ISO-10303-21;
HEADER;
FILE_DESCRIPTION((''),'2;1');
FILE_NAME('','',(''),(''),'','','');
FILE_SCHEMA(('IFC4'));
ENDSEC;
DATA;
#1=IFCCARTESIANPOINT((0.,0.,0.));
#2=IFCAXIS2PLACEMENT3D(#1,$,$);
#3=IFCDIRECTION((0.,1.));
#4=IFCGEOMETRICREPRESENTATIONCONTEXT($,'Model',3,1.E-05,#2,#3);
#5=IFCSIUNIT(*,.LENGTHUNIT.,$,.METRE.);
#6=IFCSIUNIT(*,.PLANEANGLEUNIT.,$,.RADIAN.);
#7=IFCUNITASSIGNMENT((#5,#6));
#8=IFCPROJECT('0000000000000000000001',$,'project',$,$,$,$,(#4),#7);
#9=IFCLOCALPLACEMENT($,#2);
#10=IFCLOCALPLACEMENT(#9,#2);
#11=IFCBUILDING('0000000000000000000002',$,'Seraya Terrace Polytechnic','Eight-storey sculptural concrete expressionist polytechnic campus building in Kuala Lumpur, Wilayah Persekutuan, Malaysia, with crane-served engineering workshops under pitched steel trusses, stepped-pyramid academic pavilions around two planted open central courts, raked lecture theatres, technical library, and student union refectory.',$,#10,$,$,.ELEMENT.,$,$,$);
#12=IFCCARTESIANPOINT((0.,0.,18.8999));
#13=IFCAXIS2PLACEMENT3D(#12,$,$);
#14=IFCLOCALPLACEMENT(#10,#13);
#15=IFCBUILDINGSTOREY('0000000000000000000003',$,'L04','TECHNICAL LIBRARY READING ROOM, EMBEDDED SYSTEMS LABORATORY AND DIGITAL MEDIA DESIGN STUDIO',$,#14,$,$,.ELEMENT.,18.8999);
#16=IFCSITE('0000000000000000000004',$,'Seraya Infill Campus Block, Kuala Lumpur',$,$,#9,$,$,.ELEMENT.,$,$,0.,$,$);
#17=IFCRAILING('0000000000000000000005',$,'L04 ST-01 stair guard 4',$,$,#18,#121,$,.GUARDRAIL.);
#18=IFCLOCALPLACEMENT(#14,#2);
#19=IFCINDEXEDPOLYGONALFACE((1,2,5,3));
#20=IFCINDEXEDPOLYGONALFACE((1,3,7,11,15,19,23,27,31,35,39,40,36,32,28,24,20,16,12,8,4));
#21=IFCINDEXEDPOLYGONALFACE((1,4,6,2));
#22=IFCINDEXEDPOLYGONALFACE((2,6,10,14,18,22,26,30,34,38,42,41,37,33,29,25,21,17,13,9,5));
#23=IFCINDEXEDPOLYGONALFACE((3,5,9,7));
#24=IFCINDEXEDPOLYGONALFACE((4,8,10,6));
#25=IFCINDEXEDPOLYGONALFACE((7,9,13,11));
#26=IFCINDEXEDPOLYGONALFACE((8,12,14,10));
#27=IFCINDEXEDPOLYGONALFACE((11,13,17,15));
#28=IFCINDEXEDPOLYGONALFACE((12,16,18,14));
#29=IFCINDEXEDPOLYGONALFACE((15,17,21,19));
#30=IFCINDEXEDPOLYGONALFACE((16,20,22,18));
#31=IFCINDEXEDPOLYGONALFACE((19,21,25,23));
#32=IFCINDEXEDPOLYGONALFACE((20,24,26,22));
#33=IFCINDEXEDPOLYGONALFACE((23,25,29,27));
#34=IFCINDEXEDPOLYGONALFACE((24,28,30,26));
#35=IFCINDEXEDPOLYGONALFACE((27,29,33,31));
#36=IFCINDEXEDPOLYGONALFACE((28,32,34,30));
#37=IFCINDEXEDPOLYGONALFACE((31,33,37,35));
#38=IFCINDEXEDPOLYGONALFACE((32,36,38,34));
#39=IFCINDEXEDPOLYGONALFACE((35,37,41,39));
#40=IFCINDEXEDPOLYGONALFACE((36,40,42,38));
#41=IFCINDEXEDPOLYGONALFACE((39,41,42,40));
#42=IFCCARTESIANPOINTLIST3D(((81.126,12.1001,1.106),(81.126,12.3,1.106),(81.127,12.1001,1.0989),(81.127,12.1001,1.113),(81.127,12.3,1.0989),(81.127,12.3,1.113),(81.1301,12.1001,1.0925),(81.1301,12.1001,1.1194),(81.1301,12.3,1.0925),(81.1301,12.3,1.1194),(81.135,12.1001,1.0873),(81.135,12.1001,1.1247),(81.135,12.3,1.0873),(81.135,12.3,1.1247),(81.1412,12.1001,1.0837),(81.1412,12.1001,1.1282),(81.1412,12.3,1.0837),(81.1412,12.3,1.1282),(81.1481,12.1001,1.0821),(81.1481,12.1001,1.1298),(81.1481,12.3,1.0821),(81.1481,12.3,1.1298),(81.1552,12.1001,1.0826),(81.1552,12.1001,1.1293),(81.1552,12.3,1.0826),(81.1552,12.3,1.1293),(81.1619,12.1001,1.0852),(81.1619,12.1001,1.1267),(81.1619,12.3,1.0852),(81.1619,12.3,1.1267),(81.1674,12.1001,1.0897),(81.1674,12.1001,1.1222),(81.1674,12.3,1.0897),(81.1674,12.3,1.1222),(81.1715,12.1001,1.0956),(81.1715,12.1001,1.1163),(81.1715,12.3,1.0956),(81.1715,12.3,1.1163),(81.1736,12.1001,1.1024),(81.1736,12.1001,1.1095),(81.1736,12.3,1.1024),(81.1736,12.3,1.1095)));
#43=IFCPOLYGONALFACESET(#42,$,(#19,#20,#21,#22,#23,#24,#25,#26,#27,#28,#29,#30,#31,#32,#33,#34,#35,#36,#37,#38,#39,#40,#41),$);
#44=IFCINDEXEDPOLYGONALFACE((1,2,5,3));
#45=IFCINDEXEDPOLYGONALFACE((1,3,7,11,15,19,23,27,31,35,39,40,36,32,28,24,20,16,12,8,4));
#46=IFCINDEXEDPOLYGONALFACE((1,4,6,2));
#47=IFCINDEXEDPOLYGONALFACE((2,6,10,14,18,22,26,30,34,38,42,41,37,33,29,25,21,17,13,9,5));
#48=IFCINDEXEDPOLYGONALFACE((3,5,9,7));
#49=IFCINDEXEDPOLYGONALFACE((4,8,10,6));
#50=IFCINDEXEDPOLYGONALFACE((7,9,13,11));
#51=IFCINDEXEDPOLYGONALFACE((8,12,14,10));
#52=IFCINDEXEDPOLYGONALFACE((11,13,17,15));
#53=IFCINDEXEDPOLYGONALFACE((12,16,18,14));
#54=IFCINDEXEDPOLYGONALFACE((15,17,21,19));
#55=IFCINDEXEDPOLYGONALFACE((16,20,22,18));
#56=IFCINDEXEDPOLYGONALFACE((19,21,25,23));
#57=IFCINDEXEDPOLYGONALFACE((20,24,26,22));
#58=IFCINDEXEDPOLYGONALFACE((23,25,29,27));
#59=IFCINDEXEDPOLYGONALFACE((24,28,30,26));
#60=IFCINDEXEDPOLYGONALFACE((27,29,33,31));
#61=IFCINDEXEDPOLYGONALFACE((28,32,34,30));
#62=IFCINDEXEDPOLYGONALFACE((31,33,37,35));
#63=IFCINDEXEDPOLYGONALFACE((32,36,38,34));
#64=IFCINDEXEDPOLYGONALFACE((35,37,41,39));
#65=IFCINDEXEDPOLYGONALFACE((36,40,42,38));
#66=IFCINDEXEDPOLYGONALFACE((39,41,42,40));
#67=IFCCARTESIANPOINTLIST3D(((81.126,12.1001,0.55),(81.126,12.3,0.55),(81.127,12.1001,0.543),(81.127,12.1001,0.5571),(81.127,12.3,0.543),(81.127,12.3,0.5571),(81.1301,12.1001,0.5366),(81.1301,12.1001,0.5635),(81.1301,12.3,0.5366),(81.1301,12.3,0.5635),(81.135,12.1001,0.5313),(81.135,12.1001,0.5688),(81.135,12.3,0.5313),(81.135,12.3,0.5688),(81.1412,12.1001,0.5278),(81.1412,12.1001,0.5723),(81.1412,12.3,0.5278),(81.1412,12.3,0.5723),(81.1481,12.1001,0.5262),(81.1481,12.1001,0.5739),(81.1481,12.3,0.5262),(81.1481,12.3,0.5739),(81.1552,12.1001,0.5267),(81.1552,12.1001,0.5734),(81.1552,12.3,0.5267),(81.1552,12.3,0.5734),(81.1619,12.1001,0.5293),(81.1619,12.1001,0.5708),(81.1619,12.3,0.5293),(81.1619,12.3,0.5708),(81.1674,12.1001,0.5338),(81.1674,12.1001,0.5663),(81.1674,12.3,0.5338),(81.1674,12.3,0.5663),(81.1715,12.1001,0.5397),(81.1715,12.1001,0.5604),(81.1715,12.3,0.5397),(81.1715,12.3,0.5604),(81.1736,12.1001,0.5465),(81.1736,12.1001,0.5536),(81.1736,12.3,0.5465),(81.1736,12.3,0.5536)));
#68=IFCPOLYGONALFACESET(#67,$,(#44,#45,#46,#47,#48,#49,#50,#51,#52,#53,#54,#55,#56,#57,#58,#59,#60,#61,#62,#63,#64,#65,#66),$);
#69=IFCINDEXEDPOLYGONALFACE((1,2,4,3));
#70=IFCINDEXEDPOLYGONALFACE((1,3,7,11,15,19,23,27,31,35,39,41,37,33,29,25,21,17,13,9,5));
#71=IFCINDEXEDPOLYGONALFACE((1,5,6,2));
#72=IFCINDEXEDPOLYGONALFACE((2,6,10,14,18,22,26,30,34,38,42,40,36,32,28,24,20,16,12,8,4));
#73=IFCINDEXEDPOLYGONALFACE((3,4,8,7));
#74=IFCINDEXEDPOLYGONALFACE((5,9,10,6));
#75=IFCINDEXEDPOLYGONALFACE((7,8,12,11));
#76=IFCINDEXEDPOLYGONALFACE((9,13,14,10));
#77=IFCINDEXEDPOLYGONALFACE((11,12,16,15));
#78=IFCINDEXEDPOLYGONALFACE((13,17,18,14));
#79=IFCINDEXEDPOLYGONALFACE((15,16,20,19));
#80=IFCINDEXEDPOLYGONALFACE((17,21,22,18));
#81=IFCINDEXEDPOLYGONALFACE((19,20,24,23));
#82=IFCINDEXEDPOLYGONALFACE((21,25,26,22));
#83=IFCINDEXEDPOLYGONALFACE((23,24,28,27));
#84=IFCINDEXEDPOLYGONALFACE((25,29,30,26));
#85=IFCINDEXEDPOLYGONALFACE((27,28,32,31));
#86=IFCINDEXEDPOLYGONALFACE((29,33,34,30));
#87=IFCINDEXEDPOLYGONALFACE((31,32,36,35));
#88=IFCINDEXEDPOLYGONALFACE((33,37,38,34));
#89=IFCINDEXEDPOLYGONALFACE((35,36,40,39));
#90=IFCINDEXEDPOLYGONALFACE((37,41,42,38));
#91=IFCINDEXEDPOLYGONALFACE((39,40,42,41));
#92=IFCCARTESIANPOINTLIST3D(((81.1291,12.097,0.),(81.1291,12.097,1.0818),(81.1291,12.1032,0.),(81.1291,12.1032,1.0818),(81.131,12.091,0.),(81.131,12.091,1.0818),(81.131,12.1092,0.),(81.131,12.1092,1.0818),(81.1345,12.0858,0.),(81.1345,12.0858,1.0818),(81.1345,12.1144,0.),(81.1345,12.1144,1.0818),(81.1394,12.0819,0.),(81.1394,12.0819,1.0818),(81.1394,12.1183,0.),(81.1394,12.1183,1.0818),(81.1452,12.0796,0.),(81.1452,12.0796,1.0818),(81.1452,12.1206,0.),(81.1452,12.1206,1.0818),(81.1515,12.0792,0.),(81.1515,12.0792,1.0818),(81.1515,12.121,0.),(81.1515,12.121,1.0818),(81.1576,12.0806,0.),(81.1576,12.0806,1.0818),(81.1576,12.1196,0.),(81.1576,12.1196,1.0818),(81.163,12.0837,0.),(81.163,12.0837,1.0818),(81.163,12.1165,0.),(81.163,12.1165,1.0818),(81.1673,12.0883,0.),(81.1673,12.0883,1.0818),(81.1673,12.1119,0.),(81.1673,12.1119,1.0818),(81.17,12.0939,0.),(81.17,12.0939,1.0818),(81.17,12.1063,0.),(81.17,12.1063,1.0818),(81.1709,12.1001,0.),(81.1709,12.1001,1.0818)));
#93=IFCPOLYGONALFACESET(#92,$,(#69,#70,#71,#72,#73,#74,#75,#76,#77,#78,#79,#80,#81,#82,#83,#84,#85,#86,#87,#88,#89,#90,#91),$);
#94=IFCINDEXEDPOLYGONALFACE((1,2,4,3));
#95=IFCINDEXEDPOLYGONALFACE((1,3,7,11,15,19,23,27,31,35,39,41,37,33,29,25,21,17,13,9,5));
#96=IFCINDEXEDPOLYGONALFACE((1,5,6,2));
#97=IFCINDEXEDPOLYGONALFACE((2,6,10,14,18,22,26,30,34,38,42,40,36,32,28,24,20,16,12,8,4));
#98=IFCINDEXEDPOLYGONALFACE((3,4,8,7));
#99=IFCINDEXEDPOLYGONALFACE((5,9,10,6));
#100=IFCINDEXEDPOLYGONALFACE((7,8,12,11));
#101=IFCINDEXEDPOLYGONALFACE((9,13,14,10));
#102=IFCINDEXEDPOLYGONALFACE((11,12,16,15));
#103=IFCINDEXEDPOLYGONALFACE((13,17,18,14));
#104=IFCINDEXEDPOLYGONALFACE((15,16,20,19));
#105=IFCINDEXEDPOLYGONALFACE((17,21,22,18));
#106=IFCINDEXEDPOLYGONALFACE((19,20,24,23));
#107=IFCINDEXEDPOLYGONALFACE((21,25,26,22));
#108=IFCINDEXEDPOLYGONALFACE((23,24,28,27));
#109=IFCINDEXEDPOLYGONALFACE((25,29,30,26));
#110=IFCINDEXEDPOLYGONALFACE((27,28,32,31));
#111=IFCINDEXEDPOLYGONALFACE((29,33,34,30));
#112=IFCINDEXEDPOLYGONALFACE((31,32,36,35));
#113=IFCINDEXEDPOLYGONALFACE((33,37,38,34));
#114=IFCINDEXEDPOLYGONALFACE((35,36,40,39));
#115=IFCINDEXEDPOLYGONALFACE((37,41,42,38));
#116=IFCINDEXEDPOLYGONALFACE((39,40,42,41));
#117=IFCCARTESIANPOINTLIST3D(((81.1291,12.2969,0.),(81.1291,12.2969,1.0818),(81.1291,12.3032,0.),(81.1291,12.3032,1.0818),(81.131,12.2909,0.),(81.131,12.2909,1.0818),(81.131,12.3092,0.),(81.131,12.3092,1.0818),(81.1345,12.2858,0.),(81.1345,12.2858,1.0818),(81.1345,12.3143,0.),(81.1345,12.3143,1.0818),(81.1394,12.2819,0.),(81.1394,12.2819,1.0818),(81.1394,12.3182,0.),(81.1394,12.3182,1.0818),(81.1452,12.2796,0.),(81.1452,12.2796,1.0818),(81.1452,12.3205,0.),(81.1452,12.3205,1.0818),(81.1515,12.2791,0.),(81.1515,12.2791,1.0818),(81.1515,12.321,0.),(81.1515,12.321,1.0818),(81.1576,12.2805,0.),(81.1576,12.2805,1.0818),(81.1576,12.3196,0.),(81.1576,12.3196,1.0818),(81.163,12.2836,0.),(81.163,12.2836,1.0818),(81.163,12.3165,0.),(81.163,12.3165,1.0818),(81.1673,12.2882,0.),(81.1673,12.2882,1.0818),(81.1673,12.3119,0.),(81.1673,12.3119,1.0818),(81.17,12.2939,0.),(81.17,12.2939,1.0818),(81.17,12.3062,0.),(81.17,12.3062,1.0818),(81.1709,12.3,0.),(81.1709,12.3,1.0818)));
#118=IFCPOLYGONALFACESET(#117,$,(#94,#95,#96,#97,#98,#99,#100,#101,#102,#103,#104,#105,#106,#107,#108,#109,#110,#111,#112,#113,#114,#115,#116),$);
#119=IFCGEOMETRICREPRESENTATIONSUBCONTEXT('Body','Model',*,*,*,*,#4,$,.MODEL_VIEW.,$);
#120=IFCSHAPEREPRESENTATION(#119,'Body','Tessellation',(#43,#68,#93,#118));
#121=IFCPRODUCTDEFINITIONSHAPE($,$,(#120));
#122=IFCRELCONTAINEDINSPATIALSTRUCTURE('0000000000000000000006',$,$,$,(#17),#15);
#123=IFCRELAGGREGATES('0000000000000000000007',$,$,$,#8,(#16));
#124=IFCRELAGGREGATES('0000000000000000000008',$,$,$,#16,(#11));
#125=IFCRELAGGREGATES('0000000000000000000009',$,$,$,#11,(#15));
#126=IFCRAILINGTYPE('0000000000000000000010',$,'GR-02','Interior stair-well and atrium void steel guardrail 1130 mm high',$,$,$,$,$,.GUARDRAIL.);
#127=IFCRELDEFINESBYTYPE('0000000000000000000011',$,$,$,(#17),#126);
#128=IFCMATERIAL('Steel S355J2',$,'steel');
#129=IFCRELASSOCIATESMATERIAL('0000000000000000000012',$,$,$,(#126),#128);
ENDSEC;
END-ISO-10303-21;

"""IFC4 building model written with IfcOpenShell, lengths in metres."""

from ifc_helpers import new_model, si_unit, direction, frame, origin, origin_2d, place, context, subcontext, project, spatial, circle, extrude, material, type_object, element, save


model = new_model("IFC4")

# Units and contexts
model_context = context("Model", 3, precision=1e-05, world=origin(), true_north=direction((0.0, 1.0)))
body_context = subcontext(model_context, "Body", "Model", "MODEL_VIEW")
ifc_project = project(units=[si_unit("LENGTHUNIT", "METRE"), si_unit("PLANEANGLEUNIT", "RADIAN")], contexts=[model_context])

# Site, building, storey
site_placement = place(None, origin())
site = spatial("IfcSite", under=ifc_project, at=site_placement, Name="Seraya Infill Campus Block, Kuala Lumpur", CompositionType="ELEMENT", RefElevation=0.0)
building_placement = place(site_placement, origin())
building = spatial("IfcBuilding", under=site, at=building_placement, Name="Seraya Terrace Polytechnic", Description="Eight-storey sculptural concrete expressionist polytechnic campus building in Kuala Lumpur, Wilayah Persekutuan, Malaysia, with crane-served engineering workshops under pitched steel trusses, stepped-pyramid academic pavilions around two planted open central courts, raked lecture theatres, technical library, and student union refectory.", CompositionType="ELEMENT")
storey_placement = place(building_placement, frame((0.0, 0.0, 18.8999)))
storey = spatial("IfcBuildingStorey", under=building, at=storey_placement, Name="L04", Description="TECHNICAL LIBRARY READING ROOM, EMBEDDED SYSTEMS LABORATORY AND DIGITAL MEDIA DESIGN STUDIO", CompositionType="ELEMENT", Elevation=18.8999)

# Railing
ifc_material_1 = material(Name="Steel S355J2", Category="steel")
railing_type = type_object("IfcRailingType", Name="GR-02", Description="Interior stair-well and atrium void steel guardrail 1130 mm high", PredefinedType="GUARDRAIL", material=ifc_material_1)
railing_1_placement = place(storey_placement, frame((81.1499, 12.1001, 0.0)))
element("IfcRailing", 1, at=railing_1_placement, inside=storey, type_object=railing_type, Name="L04 ST-01 stair guard 4", PredefinedType="GUARDRAIL", context=body_context, shape_type="SweptSolid", body=[
    extrude(circle(Radius=0.0239, at=origin_2d()), frame((0.0, 0.0, 1.106), z_axis=(0.0, 1.0, 0.0), x_axis=(-1.0, 0.0, 0.0)), (0.0, 0.0, 1.0), 0.2),
    extrude(circle(Radius=0.0239, at=origin_2d()), frame((0.0, 0.0, 0.55), z_axis=(0.0, 1.0, 0.0), x_axis=(-1.0, 0.0, 0.0)), (0.0, 0.0, 1.0), 0.2),
    extrude(circle(Radius=0.021, at=origin_2d()), origin(), (0.0, 0.0, 1.0), 1.0818),
    extrude(circle(Radius=0.021, at=origin_2d()), frame((0.0, 0.2, 0.0)), (0.0, 0.0, 1.0), 1.0818),
])

save(model, "model.ifc")
